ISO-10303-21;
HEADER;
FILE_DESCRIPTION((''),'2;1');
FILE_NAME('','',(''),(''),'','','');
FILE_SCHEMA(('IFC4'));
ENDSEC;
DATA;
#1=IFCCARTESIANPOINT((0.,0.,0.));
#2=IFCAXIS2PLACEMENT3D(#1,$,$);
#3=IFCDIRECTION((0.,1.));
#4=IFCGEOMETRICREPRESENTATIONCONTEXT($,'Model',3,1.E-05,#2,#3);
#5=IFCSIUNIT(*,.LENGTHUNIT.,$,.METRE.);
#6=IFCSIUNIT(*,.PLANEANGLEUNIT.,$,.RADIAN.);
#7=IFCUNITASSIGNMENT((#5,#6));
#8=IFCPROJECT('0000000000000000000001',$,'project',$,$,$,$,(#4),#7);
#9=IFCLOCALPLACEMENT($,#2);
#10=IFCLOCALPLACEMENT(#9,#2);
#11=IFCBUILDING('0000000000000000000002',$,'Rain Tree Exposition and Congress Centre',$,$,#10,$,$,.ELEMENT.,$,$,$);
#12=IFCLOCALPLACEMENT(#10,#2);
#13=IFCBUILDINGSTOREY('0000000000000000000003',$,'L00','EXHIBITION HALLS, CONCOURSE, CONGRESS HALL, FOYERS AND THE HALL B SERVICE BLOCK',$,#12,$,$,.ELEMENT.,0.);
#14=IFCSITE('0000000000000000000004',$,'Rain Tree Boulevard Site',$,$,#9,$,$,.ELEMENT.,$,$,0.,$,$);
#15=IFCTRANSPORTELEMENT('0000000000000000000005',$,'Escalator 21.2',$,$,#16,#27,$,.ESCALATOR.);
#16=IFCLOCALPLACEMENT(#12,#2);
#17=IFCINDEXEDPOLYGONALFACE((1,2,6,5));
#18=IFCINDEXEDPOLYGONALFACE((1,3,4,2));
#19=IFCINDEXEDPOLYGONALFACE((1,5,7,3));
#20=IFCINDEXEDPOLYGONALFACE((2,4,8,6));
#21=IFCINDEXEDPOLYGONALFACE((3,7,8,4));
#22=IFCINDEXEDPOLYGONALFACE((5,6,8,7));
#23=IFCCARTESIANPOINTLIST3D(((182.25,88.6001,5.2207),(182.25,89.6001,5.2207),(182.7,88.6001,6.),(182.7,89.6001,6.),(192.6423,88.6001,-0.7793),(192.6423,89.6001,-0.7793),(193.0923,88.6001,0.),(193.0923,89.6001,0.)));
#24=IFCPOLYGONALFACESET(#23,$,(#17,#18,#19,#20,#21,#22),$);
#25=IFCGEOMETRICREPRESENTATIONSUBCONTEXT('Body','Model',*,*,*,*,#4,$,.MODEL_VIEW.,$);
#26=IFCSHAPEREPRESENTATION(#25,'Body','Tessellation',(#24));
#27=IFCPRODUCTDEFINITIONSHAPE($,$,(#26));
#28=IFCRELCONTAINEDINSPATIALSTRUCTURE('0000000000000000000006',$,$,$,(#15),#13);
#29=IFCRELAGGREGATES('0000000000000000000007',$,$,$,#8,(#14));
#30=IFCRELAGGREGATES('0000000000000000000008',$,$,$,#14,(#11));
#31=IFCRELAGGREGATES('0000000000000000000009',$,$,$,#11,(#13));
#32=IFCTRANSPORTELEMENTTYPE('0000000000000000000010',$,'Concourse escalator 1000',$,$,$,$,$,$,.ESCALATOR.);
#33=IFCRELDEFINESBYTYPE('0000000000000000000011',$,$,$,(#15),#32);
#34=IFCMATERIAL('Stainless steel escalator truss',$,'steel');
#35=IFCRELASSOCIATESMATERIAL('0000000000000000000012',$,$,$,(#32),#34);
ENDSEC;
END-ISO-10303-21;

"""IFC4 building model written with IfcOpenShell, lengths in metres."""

from ifc_helpers import new_model, si_unit, direction, frame, origin, place, context, subcontext, project, spatial, polyline, outline, extrude, material, type_object, element, save


model = new_model("IFC4")

# Units and contexts
model_context = context("Model", 3, precision=1e-05, world=origin(), true_north=direction((0.0, 1.0)))
body_context = subcontext(model_context, "Body", "Model", "MODEL_VIEW")
ifc_project = project(units=[si_unit("LENGTHUNIT", "METRE"), si_unit("PLANEANGLEUNIT", "RADIAN")], contexts=[model_context])

# Site, building, storey
site_placement = place(None, origin())
site = spatial("IfcSite", under=ifc_project, at=site_placement, Name="Rain Tree Boulevard Site", CompositionType="ELEMENT", RefElevation=0.0)
building_placement = place(site_placement, origin())
building = spatial("IfcBuilding", under=site, at=building_placement, Name="Rain Tree Exposition and Congress Centre", CompositionType="ELEMENT")
storey_placement = place(building_placement, origin())
storey = spatial("IfcBuildingStorey", under=building, at=storey_placement, Name="L00", Description="EXHIBITION HALLS, CONCOURSE, CONGRESS HALL, FOYERS AND THE HALL B SERVICE BLOCK", CompositionType="ELEMENT", Elevation=0.0)

# Transport element
ifc_material_1 = material(Name="Stainless steel escalator truss", Category="steel")
transport_element_type = type_object("IfcTransportElementType", Name="Concourse escalator 1000", PredefinedType="ESCALATOR", material=ifc_material_1)
for number, where, z_axis, x_axis, name in (
    (1, (182.7, 88.6001, 6.0), (0.499999, 0.0, 0.866026), (0.866026, 0.0, -0.499999), "Escalator 21.2"),
):
    element("IfcTransportElement", number, at=place(storey_placement, frame(where, z_axis=z_axis, x_axis=x_axis)), inside=storey, type_object=transport_element_type, Name=name, PredefinedType="ESCALATOR", context=body_context, shape_type="SweptSolid", body=[
        extrude(outline(polyline([(0.0, 0.0), (12.0, 0.0), (12.0, 1.0), (0.0, 1.0), (0.0, 0.0)])), origin(), (0.0, 0.0, -1.0), 0.8999),
    ])

save(model, "model.ifc")
